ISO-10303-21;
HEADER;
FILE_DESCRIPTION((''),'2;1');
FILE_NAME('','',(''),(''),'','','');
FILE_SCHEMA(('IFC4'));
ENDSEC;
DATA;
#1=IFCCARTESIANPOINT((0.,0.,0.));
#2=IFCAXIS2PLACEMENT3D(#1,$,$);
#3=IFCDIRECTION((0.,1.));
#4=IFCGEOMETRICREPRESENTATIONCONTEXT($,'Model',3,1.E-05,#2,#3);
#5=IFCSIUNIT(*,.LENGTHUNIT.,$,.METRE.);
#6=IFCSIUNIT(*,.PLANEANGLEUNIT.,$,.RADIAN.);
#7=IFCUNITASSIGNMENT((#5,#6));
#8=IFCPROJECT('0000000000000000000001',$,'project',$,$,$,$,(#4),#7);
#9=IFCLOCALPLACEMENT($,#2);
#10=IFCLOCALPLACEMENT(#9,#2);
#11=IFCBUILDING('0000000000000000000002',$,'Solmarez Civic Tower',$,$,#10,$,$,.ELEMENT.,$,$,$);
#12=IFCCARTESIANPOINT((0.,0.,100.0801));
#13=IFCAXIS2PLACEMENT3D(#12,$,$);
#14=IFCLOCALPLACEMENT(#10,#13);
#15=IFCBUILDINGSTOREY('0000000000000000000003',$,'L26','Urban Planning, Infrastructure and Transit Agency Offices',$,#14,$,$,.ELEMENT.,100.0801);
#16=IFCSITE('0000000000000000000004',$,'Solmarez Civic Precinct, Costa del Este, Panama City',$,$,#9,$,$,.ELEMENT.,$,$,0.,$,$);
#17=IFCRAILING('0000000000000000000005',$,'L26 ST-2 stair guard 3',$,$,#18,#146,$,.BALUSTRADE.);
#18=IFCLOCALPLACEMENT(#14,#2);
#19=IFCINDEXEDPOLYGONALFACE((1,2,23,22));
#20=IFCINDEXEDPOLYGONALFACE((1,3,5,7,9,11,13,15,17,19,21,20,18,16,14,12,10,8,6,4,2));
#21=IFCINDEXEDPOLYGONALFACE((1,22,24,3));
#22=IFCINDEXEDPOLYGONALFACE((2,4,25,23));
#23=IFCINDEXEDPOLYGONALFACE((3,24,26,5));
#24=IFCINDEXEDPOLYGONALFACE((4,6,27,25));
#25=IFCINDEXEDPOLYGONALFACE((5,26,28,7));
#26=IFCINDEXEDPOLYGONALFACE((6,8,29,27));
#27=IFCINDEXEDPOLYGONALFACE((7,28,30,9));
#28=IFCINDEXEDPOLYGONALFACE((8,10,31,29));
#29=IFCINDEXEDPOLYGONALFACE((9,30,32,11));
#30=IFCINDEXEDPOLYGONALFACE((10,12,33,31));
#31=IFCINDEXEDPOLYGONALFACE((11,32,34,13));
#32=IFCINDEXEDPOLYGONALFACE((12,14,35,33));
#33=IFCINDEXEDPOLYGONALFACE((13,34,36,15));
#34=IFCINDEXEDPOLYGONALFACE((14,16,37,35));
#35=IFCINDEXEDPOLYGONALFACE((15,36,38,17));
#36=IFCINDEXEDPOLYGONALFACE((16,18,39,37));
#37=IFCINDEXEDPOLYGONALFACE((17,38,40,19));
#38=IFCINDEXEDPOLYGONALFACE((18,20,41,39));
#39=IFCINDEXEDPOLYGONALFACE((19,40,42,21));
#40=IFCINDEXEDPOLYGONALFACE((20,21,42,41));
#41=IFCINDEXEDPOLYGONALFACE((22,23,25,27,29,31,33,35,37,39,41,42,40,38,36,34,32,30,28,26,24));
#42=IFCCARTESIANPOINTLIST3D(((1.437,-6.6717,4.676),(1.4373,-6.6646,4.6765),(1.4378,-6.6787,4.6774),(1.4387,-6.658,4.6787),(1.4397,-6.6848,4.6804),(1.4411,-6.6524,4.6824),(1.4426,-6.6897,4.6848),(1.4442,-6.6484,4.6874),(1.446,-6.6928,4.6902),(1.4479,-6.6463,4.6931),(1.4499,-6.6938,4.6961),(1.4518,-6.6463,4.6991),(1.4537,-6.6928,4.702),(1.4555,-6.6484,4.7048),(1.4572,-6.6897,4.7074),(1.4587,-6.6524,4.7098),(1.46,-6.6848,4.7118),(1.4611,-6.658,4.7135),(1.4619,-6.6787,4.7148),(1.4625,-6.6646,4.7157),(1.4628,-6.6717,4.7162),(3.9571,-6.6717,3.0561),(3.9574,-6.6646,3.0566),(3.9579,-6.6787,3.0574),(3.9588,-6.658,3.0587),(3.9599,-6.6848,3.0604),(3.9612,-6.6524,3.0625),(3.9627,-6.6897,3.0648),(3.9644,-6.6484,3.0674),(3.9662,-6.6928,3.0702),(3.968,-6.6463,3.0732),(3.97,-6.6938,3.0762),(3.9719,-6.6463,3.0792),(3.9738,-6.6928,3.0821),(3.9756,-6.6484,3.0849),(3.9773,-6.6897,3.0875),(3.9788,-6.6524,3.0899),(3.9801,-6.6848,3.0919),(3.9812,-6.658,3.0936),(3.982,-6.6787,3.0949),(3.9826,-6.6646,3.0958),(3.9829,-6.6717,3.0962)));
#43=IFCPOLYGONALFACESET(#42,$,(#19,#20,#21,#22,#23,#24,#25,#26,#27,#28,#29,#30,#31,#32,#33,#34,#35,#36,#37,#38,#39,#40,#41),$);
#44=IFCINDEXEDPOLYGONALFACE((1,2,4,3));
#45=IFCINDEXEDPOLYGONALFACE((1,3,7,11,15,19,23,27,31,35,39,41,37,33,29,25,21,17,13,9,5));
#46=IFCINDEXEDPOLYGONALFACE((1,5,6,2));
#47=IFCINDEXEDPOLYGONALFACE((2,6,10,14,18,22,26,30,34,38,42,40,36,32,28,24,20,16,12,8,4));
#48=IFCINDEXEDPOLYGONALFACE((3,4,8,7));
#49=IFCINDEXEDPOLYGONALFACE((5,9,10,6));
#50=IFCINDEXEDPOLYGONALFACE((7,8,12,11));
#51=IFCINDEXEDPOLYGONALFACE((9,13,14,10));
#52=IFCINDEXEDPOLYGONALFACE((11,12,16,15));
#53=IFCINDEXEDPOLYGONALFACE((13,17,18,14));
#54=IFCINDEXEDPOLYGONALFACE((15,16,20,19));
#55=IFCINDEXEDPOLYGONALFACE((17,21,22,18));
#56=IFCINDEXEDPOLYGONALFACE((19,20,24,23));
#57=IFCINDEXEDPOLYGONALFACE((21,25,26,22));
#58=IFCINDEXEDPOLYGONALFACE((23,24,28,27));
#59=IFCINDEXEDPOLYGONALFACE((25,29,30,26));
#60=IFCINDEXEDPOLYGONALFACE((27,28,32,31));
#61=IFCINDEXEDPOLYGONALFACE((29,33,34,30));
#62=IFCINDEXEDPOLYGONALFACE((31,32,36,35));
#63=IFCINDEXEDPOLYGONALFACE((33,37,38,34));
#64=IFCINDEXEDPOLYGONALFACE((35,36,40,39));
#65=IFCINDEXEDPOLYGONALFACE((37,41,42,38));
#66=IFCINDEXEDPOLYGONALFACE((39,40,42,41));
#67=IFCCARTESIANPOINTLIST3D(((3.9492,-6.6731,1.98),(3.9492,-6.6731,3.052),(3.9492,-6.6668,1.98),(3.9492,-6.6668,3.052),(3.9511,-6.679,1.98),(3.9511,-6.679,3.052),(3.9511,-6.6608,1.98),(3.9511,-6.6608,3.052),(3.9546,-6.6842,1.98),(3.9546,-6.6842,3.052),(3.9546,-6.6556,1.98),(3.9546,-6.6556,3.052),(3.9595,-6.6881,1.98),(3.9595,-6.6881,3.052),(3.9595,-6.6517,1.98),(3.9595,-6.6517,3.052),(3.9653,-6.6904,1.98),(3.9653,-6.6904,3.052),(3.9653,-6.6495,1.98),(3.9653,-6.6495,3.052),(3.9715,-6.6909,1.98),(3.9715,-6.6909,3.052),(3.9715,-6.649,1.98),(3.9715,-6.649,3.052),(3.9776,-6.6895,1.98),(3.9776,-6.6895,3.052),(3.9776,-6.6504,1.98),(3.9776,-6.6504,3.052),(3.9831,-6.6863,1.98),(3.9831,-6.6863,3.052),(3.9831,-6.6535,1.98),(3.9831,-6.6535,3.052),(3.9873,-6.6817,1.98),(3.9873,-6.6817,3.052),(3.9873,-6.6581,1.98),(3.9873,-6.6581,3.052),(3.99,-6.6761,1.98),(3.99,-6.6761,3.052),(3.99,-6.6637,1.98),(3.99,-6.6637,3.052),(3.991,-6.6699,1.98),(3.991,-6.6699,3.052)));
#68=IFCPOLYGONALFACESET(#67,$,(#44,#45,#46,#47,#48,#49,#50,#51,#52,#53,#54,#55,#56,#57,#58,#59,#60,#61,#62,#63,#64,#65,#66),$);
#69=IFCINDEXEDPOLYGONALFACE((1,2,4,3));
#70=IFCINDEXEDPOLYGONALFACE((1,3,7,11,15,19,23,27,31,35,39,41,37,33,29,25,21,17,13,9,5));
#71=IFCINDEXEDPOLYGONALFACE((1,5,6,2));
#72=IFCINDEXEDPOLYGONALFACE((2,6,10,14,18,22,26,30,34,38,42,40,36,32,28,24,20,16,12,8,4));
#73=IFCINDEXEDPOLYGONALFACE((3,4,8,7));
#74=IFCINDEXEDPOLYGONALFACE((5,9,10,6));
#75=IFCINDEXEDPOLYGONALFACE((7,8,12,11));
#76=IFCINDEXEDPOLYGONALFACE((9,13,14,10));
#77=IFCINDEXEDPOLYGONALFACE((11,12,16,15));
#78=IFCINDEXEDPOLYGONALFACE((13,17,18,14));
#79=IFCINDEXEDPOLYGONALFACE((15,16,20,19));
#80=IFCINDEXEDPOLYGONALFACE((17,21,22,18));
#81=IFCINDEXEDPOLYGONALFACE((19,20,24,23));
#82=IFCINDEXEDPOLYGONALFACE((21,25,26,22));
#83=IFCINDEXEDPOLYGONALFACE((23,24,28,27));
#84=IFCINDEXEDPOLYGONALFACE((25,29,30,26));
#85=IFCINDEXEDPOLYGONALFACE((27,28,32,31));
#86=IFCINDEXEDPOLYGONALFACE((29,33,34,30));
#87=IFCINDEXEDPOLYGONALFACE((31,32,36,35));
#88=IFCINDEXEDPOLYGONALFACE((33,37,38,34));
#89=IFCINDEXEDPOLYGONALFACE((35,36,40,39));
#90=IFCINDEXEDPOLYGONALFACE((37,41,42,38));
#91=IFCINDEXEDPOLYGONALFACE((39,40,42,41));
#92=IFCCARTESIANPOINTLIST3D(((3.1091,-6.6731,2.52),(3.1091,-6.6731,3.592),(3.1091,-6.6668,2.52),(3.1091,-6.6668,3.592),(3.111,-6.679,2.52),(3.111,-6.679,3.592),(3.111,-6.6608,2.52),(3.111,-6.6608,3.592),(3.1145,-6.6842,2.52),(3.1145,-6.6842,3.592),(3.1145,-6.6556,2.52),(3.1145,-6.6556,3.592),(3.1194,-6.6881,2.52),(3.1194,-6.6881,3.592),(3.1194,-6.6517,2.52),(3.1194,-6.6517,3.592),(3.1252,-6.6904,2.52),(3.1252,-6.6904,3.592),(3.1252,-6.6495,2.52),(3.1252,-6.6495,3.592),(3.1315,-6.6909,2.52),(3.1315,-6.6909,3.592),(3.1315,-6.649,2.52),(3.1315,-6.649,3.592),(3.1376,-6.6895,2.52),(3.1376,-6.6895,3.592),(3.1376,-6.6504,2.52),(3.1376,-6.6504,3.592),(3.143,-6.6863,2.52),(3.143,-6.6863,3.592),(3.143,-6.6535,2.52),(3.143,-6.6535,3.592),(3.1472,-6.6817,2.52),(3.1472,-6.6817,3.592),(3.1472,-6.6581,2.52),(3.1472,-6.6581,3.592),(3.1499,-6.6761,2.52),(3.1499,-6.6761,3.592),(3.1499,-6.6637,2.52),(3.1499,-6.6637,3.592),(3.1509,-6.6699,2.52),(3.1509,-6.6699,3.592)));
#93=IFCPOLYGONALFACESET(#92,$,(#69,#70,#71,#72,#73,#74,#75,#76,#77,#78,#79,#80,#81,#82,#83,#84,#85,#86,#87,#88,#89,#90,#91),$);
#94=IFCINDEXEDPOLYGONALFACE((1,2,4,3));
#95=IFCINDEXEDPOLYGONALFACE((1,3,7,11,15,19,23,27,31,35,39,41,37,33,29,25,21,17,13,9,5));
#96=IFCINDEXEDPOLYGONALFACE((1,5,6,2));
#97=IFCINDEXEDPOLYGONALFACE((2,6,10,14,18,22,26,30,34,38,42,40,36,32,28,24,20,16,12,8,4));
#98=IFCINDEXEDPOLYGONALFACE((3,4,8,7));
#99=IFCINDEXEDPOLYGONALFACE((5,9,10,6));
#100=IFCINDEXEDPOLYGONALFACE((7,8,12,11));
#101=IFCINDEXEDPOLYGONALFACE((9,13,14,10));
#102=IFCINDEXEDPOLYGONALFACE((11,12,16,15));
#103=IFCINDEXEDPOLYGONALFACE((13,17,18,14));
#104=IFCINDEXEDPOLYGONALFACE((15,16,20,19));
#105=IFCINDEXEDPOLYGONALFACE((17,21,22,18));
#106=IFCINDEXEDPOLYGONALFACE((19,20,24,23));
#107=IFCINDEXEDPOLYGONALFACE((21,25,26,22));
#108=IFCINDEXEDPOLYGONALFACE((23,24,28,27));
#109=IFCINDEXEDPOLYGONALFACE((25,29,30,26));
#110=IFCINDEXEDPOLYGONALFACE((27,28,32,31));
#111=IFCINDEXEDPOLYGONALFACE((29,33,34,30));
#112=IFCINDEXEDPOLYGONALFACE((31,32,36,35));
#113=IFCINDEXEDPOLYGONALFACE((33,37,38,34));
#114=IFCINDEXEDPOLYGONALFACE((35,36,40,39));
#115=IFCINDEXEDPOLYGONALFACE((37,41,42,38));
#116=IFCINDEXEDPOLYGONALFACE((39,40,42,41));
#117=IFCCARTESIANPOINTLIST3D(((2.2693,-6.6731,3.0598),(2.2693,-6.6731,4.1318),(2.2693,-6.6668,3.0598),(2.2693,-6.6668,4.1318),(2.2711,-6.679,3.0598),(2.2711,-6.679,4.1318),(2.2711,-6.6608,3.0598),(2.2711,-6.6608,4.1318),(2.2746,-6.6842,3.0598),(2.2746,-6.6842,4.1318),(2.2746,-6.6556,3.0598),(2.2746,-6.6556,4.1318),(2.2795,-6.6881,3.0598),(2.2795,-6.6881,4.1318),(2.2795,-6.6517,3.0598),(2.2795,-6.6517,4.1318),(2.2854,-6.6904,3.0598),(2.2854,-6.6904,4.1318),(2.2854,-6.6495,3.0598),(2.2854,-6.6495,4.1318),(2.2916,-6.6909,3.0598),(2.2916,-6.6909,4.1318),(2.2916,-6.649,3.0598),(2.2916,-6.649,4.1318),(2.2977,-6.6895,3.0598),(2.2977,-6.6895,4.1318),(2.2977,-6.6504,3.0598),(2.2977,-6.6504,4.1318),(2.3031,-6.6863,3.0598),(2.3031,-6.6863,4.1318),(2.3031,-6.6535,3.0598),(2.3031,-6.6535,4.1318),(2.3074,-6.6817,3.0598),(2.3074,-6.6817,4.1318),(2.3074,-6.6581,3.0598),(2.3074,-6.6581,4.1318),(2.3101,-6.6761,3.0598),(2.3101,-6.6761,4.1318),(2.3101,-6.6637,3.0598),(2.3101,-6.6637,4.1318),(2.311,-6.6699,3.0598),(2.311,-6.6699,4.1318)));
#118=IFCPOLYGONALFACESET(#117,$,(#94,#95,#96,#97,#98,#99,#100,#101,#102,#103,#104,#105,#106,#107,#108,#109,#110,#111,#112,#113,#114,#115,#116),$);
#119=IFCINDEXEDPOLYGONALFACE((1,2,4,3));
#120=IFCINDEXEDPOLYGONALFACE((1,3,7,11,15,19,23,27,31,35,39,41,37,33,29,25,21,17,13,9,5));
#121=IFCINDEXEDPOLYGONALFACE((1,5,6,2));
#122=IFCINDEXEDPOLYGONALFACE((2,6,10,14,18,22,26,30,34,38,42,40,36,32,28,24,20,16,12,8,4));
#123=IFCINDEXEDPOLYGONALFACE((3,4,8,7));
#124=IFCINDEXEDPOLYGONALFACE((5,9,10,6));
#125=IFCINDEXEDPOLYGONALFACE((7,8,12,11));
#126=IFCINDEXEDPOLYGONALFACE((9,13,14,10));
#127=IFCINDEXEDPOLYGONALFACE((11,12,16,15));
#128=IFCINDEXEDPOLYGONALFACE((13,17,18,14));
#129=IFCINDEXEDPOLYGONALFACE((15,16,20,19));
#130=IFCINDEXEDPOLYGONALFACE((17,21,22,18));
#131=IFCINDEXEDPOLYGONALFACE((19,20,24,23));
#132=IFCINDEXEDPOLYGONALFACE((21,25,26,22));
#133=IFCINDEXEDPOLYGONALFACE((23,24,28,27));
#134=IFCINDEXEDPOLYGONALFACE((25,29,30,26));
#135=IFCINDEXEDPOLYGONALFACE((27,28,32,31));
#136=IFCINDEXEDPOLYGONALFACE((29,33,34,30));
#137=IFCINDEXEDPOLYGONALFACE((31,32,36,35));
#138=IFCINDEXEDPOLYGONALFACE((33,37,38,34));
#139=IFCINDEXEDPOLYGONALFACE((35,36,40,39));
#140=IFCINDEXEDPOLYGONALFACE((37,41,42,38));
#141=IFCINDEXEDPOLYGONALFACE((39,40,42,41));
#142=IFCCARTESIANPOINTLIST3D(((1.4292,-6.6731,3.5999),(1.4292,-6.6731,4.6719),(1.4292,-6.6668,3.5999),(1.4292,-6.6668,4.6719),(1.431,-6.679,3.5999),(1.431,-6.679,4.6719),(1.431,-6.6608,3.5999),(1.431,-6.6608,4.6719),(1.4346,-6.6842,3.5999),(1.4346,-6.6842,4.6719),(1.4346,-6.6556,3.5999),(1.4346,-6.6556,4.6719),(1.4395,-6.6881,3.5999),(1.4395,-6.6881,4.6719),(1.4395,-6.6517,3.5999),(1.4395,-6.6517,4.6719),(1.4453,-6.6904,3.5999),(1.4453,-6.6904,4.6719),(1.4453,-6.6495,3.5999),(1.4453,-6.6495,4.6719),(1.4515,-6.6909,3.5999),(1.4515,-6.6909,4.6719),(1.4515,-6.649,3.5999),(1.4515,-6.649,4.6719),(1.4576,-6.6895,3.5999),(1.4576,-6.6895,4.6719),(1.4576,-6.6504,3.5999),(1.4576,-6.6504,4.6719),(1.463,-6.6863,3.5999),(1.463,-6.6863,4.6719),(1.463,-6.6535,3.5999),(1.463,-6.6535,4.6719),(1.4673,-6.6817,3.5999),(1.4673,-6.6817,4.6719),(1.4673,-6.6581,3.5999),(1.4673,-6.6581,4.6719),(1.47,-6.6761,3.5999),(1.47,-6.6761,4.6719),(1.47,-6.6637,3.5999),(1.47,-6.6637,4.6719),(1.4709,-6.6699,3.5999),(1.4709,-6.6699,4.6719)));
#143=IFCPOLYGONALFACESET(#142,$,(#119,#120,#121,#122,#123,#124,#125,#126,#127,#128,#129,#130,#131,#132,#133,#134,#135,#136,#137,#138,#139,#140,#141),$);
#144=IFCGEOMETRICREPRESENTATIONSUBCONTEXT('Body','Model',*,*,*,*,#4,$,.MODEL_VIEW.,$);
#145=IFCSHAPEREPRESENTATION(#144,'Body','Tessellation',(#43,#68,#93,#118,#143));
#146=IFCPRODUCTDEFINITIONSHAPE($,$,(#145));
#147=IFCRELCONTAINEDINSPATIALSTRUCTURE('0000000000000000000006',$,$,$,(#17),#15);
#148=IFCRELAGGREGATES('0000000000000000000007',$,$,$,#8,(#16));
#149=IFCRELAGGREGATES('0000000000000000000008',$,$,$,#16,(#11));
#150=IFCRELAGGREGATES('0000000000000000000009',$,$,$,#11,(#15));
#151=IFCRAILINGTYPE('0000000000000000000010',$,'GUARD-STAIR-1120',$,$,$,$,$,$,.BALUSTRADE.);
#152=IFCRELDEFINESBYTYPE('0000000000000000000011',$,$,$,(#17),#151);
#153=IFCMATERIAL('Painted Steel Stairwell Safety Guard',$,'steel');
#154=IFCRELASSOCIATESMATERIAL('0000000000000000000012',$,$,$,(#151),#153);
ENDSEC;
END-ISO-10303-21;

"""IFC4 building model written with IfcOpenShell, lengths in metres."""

from ifc_helpers import new_model, si_unit, direction, frame, origin, origin_2d, place, context, subcontext, project, spatial, circle, extrude, material, type_object, element, save


model = new_model("IFC4")

# Units and contexts
model_context = context("Model", 3, precision=1e-05, world=origin(), true_north=direction((0.0, 1.0)))
body_context = subcontext(model_context, "Body", "Model", "MODEL_VIEW")
ifc_project = project(units=[si_unit("LENGTHUNIT", "METRE"), si_unit("PLANEANGLEUNIT", "RADIAN")], contexts=[model_context])

# Site, building, storey
site_placement = place(None, origin())
site = spatial("IfcSite", under=ifc_project, at=site_placement, Name="Solmarez Civic Precinct, Costa del Este, Panama City", CompositionType="ELEMENT", RefElevation=0.0)
building_placement = place(site_placement, origin())
building = spatial("IfcBuilding", under=site, at=building_placement, Name="Solmarez Civic Tower", CompositionType="ELEMENT")
storey_placement = place(building_placement, frame((0.0, 0.0, 100.0801)))
storey = spatial("IfcBuildingStorey", under=building, at=storey_placement, Name="L26", Description="Urban Planning, Infrastructure and Transit Agency Offices", CompositionType="ELEMENT", Elevation=100.0801)

# Railing
ifc_material_1 = material(Name="Painted Steel Stairwell Safety Guard", Category="steel")
railing_type_1 = type_object("IfcRailingType", Name="GUARD-STAIR-1120", PredefinedType="BALUSTRADE", material=ifc_material_1)
railing_1_placement = place(storey_placement, frame((3.97, -6.6699, 1.98)))
element("IfcRailing", 1, at=railing_1_placement, inside=storey, type_object=railing_type_1, Name="L26 ST-2 stair guard 3", PredefinedType="BALUSTRADE", context=body_context, shape_type="SweptSolid", body=[
    extrude(circle(Radius=0.0239, at=origin_2d()), frame((0.0, 0.0, 1.0962), z_axis=(-0.8412, 0.0, 0.540725), x_axis=(0.0, -1.0, 0.0)), (0.0, 0.0, 1.0), 2.9958),
    extrude(circle(Radius=0.021, at=origin_2d()), origin(), (0.0, 0.0, 1.0), 1.072),
    extrude(circle(Radius=0.021, at=origin_2d()), frame((-0.8401, 0.0, 0.54)), (0.0, 0.0, 1.0), 1.072),
    extrude(circle(Radius=0.021, at=origin_2d()), frame((-1.6799, 0.0, 1.0798)), (0.0, 0.0, 1.0), 1.072),
    extrude(circle(Radius=0.021, at=origin_2d()), frame((-2.52, 0.0, 1.6199)), (0.0, 0.0, 1.0), 1.072),
])

save(model, "model.ifc")
